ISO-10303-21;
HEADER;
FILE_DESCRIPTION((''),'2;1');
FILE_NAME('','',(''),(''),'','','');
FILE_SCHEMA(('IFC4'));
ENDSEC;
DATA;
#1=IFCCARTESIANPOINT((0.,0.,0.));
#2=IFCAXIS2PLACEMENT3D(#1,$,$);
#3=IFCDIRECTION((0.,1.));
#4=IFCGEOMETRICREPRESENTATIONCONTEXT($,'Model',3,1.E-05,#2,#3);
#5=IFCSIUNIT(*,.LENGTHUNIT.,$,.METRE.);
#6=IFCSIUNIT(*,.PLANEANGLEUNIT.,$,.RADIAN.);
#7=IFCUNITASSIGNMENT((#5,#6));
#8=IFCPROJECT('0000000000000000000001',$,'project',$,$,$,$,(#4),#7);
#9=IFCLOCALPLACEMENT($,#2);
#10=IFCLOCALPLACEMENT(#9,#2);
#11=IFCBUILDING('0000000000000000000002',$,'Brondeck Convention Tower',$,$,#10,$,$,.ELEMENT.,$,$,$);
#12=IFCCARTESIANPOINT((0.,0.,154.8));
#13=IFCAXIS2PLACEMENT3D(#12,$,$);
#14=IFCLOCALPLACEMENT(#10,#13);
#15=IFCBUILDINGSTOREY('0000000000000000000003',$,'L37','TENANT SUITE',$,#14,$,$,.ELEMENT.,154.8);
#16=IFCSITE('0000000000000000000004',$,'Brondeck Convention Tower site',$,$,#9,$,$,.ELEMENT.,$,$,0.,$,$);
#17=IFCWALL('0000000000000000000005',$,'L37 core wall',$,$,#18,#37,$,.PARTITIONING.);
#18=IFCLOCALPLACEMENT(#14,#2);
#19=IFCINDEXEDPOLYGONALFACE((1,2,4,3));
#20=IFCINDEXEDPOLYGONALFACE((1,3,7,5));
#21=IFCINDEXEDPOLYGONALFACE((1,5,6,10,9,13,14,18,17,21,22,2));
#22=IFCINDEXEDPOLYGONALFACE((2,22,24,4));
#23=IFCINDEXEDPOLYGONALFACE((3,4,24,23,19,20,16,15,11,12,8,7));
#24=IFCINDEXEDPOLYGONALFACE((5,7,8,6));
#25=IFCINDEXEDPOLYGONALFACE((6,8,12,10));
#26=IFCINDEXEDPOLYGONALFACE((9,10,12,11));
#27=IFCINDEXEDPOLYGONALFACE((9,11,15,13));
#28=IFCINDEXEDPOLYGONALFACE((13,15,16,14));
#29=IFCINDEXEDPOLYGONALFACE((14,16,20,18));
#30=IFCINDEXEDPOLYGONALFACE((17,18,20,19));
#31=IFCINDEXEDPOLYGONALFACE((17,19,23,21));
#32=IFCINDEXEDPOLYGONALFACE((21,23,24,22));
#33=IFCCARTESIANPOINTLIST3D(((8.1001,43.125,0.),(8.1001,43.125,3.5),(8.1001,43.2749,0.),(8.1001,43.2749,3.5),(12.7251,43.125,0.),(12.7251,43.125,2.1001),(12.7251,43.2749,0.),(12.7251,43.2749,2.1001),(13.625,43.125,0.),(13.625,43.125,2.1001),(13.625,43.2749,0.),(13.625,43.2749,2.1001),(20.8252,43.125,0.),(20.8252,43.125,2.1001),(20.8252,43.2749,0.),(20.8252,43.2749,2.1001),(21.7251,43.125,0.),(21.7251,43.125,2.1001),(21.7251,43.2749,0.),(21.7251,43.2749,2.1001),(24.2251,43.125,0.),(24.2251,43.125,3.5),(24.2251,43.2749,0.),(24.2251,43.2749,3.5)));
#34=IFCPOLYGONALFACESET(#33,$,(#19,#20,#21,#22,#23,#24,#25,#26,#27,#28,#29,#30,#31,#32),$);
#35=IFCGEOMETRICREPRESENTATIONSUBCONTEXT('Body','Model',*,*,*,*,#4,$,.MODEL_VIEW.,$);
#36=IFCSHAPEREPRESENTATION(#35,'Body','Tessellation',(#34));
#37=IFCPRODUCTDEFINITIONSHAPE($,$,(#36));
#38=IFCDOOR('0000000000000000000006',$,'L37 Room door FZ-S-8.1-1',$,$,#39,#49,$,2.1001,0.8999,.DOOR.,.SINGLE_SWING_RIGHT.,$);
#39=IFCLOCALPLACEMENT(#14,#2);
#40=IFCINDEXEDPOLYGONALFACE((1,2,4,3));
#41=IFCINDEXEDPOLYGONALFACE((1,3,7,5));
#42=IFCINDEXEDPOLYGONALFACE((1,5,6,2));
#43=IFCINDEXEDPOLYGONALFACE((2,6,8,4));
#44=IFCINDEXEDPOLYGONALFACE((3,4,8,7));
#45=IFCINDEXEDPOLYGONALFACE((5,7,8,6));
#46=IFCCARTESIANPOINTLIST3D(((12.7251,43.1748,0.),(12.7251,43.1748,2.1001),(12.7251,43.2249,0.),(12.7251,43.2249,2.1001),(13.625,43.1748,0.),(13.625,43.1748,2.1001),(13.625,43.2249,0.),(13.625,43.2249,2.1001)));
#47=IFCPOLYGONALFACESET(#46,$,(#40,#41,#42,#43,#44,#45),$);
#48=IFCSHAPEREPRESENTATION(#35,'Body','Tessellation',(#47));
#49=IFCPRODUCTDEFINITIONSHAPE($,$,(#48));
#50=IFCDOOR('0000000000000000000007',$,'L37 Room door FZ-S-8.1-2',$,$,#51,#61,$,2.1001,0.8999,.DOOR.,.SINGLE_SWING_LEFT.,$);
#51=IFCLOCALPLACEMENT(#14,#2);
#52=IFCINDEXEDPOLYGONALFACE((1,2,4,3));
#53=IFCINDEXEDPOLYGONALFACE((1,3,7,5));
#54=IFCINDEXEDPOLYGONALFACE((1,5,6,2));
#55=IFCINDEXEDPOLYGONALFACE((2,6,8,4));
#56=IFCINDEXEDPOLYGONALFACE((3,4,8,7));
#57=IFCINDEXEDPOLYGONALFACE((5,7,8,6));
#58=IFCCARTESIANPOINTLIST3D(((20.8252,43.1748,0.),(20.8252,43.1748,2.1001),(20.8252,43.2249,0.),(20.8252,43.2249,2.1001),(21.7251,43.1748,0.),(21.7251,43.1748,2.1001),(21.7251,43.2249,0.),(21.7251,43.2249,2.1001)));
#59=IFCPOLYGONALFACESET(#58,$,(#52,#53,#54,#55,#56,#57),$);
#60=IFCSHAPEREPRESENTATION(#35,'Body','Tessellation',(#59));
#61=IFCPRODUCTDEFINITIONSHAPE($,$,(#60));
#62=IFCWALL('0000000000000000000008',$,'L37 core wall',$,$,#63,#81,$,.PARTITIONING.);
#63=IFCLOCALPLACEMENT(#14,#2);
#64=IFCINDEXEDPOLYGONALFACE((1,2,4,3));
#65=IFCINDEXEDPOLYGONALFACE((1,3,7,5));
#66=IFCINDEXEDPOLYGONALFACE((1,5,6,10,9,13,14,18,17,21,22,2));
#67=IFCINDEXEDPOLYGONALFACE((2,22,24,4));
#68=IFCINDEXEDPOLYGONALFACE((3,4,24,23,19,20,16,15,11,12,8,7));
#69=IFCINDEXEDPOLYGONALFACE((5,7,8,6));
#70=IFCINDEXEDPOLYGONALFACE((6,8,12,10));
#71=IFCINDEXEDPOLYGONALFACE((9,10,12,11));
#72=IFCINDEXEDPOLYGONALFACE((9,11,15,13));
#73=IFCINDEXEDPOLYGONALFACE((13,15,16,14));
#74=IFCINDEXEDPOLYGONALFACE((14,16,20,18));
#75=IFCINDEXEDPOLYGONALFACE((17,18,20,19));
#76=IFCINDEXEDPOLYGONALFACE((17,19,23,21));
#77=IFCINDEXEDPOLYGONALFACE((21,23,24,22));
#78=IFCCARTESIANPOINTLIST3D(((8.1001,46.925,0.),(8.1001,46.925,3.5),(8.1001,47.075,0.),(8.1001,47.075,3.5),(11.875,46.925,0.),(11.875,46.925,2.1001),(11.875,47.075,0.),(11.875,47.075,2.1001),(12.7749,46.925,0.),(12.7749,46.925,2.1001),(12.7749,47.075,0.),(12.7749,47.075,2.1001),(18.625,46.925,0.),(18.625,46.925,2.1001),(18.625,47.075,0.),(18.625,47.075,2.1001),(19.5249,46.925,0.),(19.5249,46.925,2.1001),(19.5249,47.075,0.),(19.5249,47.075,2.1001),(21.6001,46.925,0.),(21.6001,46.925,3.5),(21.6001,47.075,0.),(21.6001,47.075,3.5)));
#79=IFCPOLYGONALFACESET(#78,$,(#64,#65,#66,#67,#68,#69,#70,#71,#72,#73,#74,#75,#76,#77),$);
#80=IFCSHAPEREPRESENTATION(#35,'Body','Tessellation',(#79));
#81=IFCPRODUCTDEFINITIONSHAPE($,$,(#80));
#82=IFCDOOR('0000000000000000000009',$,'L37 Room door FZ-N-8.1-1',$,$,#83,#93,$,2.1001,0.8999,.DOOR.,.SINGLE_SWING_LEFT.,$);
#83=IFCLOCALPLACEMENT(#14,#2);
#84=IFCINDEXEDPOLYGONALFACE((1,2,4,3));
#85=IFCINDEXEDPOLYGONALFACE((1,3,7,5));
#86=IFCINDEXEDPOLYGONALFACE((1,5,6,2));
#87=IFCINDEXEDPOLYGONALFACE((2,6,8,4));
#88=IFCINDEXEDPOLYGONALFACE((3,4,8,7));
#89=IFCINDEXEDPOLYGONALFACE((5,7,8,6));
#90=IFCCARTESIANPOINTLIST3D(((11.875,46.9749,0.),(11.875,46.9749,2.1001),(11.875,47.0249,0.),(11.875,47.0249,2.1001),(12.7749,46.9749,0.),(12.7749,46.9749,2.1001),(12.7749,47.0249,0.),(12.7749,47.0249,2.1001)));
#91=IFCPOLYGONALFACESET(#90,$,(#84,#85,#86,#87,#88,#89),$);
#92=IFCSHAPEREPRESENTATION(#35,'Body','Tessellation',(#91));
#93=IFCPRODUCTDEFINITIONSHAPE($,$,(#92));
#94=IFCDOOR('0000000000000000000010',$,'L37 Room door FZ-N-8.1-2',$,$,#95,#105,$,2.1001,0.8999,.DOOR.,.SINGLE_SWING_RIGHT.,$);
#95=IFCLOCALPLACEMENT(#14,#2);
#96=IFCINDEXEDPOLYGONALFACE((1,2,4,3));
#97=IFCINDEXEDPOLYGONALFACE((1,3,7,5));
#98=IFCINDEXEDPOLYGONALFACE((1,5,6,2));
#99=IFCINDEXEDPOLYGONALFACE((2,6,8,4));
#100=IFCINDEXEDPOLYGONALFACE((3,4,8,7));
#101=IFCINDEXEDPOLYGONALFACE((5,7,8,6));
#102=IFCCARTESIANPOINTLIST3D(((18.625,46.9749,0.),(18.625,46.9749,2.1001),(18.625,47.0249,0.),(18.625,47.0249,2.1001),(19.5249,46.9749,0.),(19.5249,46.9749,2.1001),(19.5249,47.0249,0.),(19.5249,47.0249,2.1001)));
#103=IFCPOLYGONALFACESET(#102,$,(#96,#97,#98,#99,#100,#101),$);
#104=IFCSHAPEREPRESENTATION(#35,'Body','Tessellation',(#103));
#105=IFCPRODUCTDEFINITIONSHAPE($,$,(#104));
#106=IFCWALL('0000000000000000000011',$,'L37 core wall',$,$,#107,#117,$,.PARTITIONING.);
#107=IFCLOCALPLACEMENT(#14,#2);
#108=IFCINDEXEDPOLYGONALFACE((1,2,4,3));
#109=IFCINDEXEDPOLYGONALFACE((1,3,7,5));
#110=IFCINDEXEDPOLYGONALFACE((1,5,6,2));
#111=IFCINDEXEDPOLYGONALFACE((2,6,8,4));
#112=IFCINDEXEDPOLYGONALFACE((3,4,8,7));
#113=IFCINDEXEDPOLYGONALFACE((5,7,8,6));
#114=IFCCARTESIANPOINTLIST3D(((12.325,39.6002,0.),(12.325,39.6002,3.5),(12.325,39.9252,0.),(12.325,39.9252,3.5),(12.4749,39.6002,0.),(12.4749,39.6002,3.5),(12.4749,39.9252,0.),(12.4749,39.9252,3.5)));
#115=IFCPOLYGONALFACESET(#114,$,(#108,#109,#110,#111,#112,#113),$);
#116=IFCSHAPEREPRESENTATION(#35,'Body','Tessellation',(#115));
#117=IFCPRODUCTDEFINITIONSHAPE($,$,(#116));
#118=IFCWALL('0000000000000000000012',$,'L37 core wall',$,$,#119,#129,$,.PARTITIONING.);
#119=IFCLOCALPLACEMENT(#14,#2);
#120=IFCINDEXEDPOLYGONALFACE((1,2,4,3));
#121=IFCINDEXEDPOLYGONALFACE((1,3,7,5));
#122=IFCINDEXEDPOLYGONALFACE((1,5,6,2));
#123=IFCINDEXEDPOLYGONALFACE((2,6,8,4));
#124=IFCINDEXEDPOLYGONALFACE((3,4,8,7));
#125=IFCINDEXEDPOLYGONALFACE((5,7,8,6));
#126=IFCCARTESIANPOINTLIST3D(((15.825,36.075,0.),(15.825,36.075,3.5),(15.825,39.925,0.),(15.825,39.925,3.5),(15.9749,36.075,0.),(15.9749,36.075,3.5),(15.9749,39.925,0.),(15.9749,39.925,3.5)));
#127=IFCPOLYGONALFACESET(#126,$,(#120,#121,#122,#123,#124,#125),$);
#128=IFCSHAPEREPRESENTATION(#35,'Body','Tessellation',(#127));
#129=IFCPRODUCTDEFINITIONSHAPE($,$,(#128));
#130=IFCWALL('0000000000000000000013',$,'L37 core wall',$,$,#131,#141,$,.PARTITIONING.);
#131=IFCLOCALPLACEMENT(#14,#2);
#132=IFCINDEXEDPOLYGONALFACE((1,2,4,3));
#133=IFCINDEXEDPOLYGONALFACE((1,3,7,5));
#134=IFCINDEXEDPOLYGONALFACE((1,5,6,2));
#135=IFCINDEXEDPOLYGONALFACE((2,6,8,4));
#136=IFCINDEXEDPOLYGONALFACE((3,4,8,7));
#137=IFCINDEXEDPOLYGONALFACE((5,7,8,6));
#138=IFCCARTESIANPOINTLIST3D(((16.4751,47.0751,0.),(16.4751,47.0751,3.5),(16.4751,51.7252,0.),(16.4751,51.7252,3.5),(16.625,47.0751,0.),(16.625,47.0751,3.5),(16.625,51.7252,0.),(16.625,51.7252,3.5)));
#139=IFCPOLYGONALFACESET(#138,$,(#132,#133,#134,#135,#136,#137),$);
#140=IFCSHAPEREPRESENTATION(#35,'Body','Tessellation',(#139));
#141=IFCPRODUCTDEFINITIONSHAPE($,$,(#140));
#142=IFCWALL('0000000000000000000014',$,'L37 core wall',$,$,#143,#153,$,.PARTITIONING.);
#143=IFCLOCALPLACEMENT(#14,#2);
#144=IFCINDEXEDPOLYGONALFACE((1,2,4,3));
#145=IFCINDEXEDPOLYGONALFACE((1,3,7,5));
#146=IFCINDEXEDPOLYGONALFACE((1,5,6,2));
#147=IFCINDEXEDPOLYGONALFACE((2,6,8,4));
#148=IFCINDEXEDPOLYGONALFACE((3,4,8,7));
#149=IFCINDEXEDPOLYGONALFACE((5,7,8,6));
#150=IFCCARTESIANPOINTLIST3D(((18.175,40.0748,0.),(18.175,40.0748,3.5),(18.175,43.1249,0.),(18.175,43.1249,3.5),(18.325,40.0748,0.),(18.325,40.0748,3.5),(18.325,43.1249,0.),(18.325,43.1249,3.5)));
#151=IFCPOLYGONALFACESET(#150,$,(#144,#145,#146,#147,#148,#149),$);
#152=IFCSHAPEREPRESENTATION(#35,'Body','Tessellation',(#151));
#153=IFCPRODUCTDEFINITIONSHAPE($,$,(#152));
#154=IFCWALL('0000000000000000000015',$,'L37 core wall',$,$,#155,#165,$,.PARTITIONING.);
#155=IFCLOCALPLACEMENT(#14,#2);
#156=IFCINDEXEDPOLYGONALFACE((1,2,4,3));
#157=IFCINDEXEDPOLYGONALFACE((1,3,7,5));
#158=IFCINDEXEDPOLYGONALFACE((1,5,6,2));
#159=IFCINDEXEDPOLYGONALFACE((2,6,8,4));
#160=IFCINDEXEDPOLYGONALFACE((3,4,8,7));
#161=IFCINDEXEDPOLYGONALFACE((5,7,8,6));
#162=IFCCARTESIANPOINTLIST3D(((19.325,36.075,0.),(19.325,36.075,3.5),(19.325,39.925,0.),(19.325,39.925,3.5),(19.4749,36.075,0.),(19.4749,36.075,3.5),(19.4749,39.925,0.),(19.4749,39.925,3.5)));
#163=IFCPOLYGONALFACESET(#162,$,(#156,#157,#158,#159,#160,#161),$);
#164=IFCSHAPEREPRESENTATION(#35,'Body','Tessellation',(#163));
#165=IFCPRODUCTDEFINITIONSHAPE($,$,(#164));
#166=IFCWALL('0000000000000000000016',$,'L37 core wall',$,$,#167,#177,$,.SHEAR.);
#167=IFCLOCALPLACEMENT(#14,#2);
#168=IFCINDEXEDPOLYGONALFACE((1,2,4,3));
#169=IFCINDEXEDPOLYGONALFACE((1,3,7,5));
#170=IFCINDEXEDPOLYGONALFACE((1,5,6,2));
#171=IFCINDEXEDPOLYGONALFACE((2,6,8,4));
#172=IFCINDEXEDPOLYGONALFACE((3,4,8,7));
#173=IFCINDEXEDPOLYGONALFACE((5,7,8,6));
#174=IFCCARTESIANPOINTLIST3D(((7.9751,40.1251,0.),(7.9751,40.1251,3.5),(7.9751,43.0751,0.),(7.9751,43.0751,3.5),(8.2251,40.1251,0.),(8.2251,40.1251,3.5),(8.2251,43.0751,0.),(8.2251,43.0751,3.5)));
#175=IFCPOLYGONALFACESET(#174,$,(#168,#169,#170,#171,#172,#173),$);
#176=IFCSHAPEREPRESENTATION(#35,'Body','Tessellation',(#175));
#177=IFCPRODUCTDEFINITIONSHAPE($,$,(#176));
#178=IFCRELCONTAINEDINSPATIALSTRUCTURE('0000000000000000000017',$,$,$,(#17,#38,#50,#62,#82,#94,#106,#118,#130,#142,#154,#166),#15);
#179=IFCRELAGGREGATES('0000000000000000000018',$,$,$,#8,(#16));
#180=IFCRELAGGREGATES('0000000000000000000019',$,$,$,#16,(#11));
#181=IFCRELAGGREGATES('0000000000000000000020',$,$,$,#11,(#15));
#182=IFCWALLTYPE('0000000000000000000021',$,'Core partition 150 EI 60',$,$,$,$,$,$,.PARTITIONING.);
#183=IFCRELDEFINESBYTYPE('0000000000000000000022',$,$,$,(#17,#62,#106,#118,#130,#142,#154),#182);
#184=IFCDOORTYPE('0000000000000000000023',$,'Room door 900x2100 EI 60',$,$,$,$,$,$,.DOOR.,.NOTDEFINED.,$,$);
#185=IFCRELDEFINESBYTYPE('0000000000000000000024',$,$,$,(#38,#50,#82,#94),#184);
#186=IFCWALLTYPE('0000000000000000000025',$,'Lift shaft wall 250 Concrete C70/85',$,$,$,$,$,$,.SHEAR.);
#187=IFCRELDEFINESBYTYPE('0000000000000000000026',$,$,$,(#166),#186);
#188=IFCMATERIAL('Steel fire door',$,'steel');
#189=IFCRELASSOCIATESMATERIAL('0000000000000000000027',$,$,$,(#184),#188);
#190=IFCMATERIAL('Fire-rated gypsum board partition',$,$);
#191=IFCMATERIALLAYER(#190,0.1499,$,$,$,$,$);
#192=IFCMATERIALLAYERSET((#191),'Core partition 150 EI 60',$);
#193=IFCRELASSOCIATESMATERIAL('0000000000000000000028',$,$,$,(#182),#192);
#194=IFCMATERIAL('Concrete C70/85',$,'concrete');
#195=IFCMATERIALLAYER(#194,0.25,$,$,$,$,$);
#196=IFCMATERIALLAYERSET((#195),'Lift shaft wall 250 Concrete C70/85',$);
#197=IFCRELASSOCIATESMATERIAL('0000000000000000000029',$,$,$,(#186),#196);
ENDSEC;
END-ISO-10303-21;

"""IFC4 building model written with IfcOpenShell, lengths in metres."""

from ifc_helpers import new_model, si_unit, direction, frame, frame_2d, origin, place, context, subcontext, project, spatial, rectangle, extrude, material, layer, layer_set, type_object, element, fill, save


model = new_model("IFC4")

# Units and contexts
model_context = context("Model", 3, precision=1e-05, world=origin(), true_north=direction((0.0, 1.0)))
body_context = subcontext(model_context, "Body", "Model", "MODEL_VIEW")
ifc_project = project(units=[si_unit("LENGTHUNIT", "METRE"), si_unit("PLANEANGLEUNIT", "RADIAN")], contexts=[model_context])

# Site, building, storey
site_placement = place(None, origin())
site = spatial("IfcSite", under=ifc_project, at=site_placement, Name="Brondeck Convention Tower site", CompositionType="ELEMENT", RefElevation=0.0)
building_placement = place(site_placement, origin())
building = spatial("IfcBuilding", under=site, at=building_placement, Name="Brondeck Convention Tower", CompositionType="ELEMENT")
storey_placement = place(building_placement, frame((0.0, 0.0, 154.8)))
storey = spatial("IfcBuildingStorey", under=building, at=storey_placement, Name="L37", Description="TENANT SUITE", CompositionType="ELEMENT", Elevation=154.8)

# Shared definitions
ifc_material_1 = material(Name="Concrete C70/85", Category="concrete")
ifc_material_2 = material(Name="Steel fire door", Category="steel")
door_type_1 = type_object("IfcDoorType", Name="Room door 900x2100 EI 60", OperationType="NOTDEFINED", PredefinedType="DOOR", material=ifc_material_2)

# Shared definitions
ifc_material_3 = material(Name="Fire-rated gypsum board partition")
ifc_layer_1 = layer(ifc_material_3, 0.1499)
ifc_layer_set_1 = layer_set([ifc_layer_1], Name="Core partition 150 EI 60")
wall_type_1 = type_object("IfcWallType", Name="Core partition 150 EI 60", PredefinedType="PARTITIONING", material=ifc_layer_set_1)

# Walls, openings, doors
wall_1_placement = place(storey_placement, frame((8.1001, 43.2, 0.0), z_axis=(0.0, 0.0, 1.0), x_axis=(1.0, 0.0, 0.0)))
wall_1 = element("IfcWall", 1, at=wall_1_placement, inside=storey, type_object=wall_type_1, Name="L37 core wall", PredefinedType="PARTITIONING", context=body_context, shape_type="SweptSolid", body=[
    extrude(rectangle(XDim=16.125, YDim=0.1499, at=frame_2d((8.0625, 0.0))), origin(), (0.0, 0.0, 1.0), 3.5),
])
opening_1_placement = place(wall_1_placement, frame((4.625, 0.0, 0.0)))
opening_1 = element("IfcOpeningElement", 2, at=opening_1_placement, cuts=wall_1, PredefinedType="OPENING", context=body_context, shape_type="SweptSolid", body=[
    extrude(rectangle(XDim=0.8999, YDim=2.1001, at=frame_2d((0.45, 1.05))), frame((0.0, 0.085, 0.0), z_axis=(0.0, -1.0, 0.0), x_axis=(1.0, 0.0, 0.0)), (0.0, 0.0, 1.0), 0.1699),
])
opening_2_placement = place(wall_1_placement, frame((12.7251, 0.0, 0.0)))
opening_2 = element("IfcOpeningElement", 3, at=opening_2_placement, cuts=wall_1, PredefinedType="OPENING", context=body_context, shape_type="SweptSolid", body=[
    extrude(rectangle(XDim=0.8999, YDim=2.1001, at=frame_2d((0.45, 1.05))), frame((0.0, 0.085, 0.0), z_axis=(0.0, -1.0, 0.0), x_axis=(1.0, 0.0, 0.0)), (0.0, 0.0, 1.0), 0.1699),
])
door_1_placement = place(opening_1_placement, origin())
door_1 = element("IfcDoor", 4, at=door_1_placement, inside=storey, type_object=door_type_1, Name="L37 Room door FZ-S-8.1-1", OperationType="SINGLE_SWING_RIGHT", OverallHeight=2.1001, OverallWidth=0.8999, PredefinedType="DOOR", context=body_context, shape_type="SweptSolid", body=[
    extrude(rectangle(XDim=0.8999, YDim=2.1001, at=frame_2d((0.45, 1.05))), frame((0.0, 0.0249, 0.0), z_axis=(0.0, -1.0, 0.0), x_axis=(1.0, 0.0, 0.0)), (0.0, 0.0, 1.0), 0.05),
])
fill(opening_1, door_1)
door_2_placement = place(opening_2_placement, origin())
door_2 = element("IfcDoor", 5, at=door_2_placement, inside=storey, type_object=door_type_1, Name="L37 Room door FZ-S-8.1-2", OperationType="SINGLE_SWING_LEFT", OverallHeight=2.1001, OverallWidth=0.8999, PredefinedType="DOOR", context=body_context, shape_type="SweptSolid", body=[
    extrude(rectangle(XDim=0.8999, YDim=2.1001, at=frame_2d((0.45, 1.05))), frame((0.0, 0.0249, 0.0), z_axis=(0.0, -1.0, 0.0), x_axis=(1.0, 0.0, 0.0)), (0.0, 0.0, 1.0), 0.05),
])
fill(opening_2, door_2)
wall_2_placement = place(storey_placement, frame((8.1001, 47.0, 0.0), z_axis=(0.0, 0.0, 1.0), x_axis=(1.0, 0.0, 0.0)))
wall_2 = element("IfcWall", 6, at=wall_2_placement, inside=storey, type_object=wall_type_1, Name="L37 core wall", PredefinedType="PARTITIONING", context=body_context, shape_type="SweptSolid", body=[
    extrude(rectangle(XDim=13.5, YDim=0.1499, at=frame_2d((6.75, 0.0))), origin(), (0.0, 0.0, 1.0), 3.5),
])
opening_3_placement = place(wall_2_placement, frame((3.7749, 0.0, 0.0)))
opening_3 = element("IfcOpeningElement", 7, at=opening_3_placement, cuts=wall_2, PredefinedType="OPENING", context=body_context, shape_type="SweptSolid", body=[
    extrude(rectangle(XDim=0.8999, YDim=2.1001, at=frame_2d((0.45, 1.05))), frame((0.0, 0.085, 0.0), z_axis=(0.0, -1.0, 0.0), x_axis=(1.0, 0.0, 0.0)), (0.0, 0.0, 1.0), 0.1699),
])
opening_4_placement = place(wall_2_placement, frame((10.5249, 0.0, 0.0)))
opening_4 = element("IfcOpeningElement", 8, at=opening_4_placement, cuts=wall_2, PredefinedType="OPENING", context=body_context, shape_type="SweptSolid", body=[
    extrude(rectangle(XDim=0.8999, YDim=2.1001, at=frame_2d((0.45, 1.05))), frame((0.0, 0.085, 0.0), z_axis=(0.0, -1.0, 0.0), x_axis=(1.0, 0.0, 0.0)), (0.0, 0.0, 1.0), 0.1699),
])
door_3_placement = place(opening_3_placement, origin())
door_3 = element("IfcDoor", 9, at=door_3_placement, inside=storey, type_object=door_type_1, Name="L37 Room door FZ-N-8.1-1", OperationType="SINGLE_SWING_LEFT", OverallHeight=2.1001, OverallWidth=0.8999, PredefinedType="DOOR", context=body_context, shape_type="SweptSolid", body=[
    extrude(rectangle(XDim=0.8999, YDim=2.1001, at=frame_2d((0.45, 1.05))), frame((0.0, 0.0249, 0.0), z_axis=(0.0, -1.0, 0.0), x_axis=(1.0, 0.0, 0.0)), (0.0, 0.0, 1.0), 0.05),
])
fill(opening_3, door_3)
door_4_placement = place(opening_4_placement, origin())
door_4 = element("IfcDoor", 10, at=door_4_placement, inside=storey, type_object=door_type_1, Name="L37 Room door FZ-N-8.1-2", OperationType="SINGLE_SWING_RIGHT", OverallHeight=2.1001, OverallWidth=0.8999, PredefinedType="DOOR", context=body_context, shape_type="SweptSolid", body=[
    extrude(rectangle(XDim=0.8999, YDim=2.1001, at=frame_2d((0.45, 1.05))), frame((0.0, 0.0249, 0.0), z_axis=(0.0, -1.0, 0.0), x_axis=(1.0, 0.0, 0.0)), (0.0, 0.0, 1.0), 0.05),
])
fill(opening_4, door_4)

# Walls
wall_3_placement = place(storey_placement, frame((12.3999, 39.6001, 0.0), z_axis=(0.0, 0.0, 1.0), x_axis=(0.0, 1.0, 0.0)))
element("IfcWall", 11, at=wall_3_placement, inside=storey, type_object=wall_type_1, Name="L37 core wall", PredefinedType="PARTITIONING", context=body_context, shape_type="SweptSolid", body=[
    extrude(rectangle(XDim=0.325, YDim=0.1499, at=frame_2d((0.1626, 0.0))), origin(), (0.0, 0.0, 1.0), 3.5),
])
wall_4_placement = place(storey_placement, frame((15.8999, 36.075, 0.0), z_axis=(0.0, 0.0, 1.0), x_axis=(0.0, 1.0, 0.0)))
element("IfcWall", 12, at=wall_4_placement, inside=storey, type_object=wall_type_1, Name="L37 core wall", PredefinedType="PARTITIONING", context=body_context, shape_type="SweptSolid", body=[
    extrude(rectangle(XDim=3.8501, YDim=0.1499, at=frame_2d((1.925, 0.0))), origin(), (0.0, 0.0, 1.0), 3.5),
])
wall_5_placement = place(storey_placement, frame((16.55, 47.075, 0.0), z_axis=(0.0, 0.0, 1.0), x_axis=(0.0, 1.0, 0.0)))
element("IfcWall", 13, at=wall_5_placement, inside=storey, type_object=wall_type_1, Name="L37 core wall", PredefinedType="PARTITIONING", context=body_context, shape_type="SweptSolid", body=[
    extrude(rectangle(XDim=4.6501, YDim=0.1499, at=frame_2d((2.3252, 0.0))), origin(), (0.0, 0.0, 1.0), 3.5),
])
wall_6_placement = place(storey_placement, frame((18.25, 40.075, 0.0), z_axis=(0.0, 0.0, 1.0), x_axis=(0.0, 1.0, 0.0)))
element("IfcWall", 14, at=wall_6_placement, inside=storey, type_object=wall_type_1, Name="L37 core wall", PredefinedType="PARTITIONING", context=body_context, shape_type="SweptSolid", body=[
    extrude(rectangle(XDim=3.05, YDim=0.1499, at=frame_2d((1.5249, 0.0))), origin(), (0.0, 0.0, 1.0), 3.5),
])
wall_7_placement = place(storey_placement, frame((19.3999, 36.075, 0.0), z_axis=(0.0, 0.0, 1.0), x_axis=(0.0, 1.0, 0.0)))
element("IfcWall", 15, at=wall_7_placement, inside=storey, type_object=wall_type_1, Name="L37 core wall", PredefinedType="PARTITIONING", context=body_context, shape_type="SweptSolid", body=[
    extrude(rectangle(XDim=3.8501, YDim=0.1499, at=frame_2d((1.925, 0.0))), origin(), (0.0, 0.0, 1.0), 3.5),
])
ifc_layer_2 = layer(ifc_material_1, 0.25)
ifc_layer_set_2 = layer_set([ifc_layer_2], Name="Lift shaft wall 250 Concrete C70/85")
wall_type_2 = type_object("IfcWallType", Name="Lift shaft wall 250 Concrete C70/85", PredefinedType="SHEAR", material=ifc_layer_set_2)
wall_8_placement = place(storey_placement, frame((8.1001, 40.125, 0.0), z_axis=(0.0, 0.0, 1.0), x_axis=(0.0, 1.0, 0.0)))
element("IfcWall", 16, at=wall_8_placement, inside=storey, type_object=wall_type_2, Name="L37 core wall", PredefinedType="SHEAR", context=body_context, shape_type="SweptSolid", body=[
    extrude(rectangle(XDim=2.95, YDim=0.25, at=frame_2d((1.4751, 0.0))), origin(), (0.0, 0.0, 1.0), 3.5),
])

save(model, "model.ifc")
